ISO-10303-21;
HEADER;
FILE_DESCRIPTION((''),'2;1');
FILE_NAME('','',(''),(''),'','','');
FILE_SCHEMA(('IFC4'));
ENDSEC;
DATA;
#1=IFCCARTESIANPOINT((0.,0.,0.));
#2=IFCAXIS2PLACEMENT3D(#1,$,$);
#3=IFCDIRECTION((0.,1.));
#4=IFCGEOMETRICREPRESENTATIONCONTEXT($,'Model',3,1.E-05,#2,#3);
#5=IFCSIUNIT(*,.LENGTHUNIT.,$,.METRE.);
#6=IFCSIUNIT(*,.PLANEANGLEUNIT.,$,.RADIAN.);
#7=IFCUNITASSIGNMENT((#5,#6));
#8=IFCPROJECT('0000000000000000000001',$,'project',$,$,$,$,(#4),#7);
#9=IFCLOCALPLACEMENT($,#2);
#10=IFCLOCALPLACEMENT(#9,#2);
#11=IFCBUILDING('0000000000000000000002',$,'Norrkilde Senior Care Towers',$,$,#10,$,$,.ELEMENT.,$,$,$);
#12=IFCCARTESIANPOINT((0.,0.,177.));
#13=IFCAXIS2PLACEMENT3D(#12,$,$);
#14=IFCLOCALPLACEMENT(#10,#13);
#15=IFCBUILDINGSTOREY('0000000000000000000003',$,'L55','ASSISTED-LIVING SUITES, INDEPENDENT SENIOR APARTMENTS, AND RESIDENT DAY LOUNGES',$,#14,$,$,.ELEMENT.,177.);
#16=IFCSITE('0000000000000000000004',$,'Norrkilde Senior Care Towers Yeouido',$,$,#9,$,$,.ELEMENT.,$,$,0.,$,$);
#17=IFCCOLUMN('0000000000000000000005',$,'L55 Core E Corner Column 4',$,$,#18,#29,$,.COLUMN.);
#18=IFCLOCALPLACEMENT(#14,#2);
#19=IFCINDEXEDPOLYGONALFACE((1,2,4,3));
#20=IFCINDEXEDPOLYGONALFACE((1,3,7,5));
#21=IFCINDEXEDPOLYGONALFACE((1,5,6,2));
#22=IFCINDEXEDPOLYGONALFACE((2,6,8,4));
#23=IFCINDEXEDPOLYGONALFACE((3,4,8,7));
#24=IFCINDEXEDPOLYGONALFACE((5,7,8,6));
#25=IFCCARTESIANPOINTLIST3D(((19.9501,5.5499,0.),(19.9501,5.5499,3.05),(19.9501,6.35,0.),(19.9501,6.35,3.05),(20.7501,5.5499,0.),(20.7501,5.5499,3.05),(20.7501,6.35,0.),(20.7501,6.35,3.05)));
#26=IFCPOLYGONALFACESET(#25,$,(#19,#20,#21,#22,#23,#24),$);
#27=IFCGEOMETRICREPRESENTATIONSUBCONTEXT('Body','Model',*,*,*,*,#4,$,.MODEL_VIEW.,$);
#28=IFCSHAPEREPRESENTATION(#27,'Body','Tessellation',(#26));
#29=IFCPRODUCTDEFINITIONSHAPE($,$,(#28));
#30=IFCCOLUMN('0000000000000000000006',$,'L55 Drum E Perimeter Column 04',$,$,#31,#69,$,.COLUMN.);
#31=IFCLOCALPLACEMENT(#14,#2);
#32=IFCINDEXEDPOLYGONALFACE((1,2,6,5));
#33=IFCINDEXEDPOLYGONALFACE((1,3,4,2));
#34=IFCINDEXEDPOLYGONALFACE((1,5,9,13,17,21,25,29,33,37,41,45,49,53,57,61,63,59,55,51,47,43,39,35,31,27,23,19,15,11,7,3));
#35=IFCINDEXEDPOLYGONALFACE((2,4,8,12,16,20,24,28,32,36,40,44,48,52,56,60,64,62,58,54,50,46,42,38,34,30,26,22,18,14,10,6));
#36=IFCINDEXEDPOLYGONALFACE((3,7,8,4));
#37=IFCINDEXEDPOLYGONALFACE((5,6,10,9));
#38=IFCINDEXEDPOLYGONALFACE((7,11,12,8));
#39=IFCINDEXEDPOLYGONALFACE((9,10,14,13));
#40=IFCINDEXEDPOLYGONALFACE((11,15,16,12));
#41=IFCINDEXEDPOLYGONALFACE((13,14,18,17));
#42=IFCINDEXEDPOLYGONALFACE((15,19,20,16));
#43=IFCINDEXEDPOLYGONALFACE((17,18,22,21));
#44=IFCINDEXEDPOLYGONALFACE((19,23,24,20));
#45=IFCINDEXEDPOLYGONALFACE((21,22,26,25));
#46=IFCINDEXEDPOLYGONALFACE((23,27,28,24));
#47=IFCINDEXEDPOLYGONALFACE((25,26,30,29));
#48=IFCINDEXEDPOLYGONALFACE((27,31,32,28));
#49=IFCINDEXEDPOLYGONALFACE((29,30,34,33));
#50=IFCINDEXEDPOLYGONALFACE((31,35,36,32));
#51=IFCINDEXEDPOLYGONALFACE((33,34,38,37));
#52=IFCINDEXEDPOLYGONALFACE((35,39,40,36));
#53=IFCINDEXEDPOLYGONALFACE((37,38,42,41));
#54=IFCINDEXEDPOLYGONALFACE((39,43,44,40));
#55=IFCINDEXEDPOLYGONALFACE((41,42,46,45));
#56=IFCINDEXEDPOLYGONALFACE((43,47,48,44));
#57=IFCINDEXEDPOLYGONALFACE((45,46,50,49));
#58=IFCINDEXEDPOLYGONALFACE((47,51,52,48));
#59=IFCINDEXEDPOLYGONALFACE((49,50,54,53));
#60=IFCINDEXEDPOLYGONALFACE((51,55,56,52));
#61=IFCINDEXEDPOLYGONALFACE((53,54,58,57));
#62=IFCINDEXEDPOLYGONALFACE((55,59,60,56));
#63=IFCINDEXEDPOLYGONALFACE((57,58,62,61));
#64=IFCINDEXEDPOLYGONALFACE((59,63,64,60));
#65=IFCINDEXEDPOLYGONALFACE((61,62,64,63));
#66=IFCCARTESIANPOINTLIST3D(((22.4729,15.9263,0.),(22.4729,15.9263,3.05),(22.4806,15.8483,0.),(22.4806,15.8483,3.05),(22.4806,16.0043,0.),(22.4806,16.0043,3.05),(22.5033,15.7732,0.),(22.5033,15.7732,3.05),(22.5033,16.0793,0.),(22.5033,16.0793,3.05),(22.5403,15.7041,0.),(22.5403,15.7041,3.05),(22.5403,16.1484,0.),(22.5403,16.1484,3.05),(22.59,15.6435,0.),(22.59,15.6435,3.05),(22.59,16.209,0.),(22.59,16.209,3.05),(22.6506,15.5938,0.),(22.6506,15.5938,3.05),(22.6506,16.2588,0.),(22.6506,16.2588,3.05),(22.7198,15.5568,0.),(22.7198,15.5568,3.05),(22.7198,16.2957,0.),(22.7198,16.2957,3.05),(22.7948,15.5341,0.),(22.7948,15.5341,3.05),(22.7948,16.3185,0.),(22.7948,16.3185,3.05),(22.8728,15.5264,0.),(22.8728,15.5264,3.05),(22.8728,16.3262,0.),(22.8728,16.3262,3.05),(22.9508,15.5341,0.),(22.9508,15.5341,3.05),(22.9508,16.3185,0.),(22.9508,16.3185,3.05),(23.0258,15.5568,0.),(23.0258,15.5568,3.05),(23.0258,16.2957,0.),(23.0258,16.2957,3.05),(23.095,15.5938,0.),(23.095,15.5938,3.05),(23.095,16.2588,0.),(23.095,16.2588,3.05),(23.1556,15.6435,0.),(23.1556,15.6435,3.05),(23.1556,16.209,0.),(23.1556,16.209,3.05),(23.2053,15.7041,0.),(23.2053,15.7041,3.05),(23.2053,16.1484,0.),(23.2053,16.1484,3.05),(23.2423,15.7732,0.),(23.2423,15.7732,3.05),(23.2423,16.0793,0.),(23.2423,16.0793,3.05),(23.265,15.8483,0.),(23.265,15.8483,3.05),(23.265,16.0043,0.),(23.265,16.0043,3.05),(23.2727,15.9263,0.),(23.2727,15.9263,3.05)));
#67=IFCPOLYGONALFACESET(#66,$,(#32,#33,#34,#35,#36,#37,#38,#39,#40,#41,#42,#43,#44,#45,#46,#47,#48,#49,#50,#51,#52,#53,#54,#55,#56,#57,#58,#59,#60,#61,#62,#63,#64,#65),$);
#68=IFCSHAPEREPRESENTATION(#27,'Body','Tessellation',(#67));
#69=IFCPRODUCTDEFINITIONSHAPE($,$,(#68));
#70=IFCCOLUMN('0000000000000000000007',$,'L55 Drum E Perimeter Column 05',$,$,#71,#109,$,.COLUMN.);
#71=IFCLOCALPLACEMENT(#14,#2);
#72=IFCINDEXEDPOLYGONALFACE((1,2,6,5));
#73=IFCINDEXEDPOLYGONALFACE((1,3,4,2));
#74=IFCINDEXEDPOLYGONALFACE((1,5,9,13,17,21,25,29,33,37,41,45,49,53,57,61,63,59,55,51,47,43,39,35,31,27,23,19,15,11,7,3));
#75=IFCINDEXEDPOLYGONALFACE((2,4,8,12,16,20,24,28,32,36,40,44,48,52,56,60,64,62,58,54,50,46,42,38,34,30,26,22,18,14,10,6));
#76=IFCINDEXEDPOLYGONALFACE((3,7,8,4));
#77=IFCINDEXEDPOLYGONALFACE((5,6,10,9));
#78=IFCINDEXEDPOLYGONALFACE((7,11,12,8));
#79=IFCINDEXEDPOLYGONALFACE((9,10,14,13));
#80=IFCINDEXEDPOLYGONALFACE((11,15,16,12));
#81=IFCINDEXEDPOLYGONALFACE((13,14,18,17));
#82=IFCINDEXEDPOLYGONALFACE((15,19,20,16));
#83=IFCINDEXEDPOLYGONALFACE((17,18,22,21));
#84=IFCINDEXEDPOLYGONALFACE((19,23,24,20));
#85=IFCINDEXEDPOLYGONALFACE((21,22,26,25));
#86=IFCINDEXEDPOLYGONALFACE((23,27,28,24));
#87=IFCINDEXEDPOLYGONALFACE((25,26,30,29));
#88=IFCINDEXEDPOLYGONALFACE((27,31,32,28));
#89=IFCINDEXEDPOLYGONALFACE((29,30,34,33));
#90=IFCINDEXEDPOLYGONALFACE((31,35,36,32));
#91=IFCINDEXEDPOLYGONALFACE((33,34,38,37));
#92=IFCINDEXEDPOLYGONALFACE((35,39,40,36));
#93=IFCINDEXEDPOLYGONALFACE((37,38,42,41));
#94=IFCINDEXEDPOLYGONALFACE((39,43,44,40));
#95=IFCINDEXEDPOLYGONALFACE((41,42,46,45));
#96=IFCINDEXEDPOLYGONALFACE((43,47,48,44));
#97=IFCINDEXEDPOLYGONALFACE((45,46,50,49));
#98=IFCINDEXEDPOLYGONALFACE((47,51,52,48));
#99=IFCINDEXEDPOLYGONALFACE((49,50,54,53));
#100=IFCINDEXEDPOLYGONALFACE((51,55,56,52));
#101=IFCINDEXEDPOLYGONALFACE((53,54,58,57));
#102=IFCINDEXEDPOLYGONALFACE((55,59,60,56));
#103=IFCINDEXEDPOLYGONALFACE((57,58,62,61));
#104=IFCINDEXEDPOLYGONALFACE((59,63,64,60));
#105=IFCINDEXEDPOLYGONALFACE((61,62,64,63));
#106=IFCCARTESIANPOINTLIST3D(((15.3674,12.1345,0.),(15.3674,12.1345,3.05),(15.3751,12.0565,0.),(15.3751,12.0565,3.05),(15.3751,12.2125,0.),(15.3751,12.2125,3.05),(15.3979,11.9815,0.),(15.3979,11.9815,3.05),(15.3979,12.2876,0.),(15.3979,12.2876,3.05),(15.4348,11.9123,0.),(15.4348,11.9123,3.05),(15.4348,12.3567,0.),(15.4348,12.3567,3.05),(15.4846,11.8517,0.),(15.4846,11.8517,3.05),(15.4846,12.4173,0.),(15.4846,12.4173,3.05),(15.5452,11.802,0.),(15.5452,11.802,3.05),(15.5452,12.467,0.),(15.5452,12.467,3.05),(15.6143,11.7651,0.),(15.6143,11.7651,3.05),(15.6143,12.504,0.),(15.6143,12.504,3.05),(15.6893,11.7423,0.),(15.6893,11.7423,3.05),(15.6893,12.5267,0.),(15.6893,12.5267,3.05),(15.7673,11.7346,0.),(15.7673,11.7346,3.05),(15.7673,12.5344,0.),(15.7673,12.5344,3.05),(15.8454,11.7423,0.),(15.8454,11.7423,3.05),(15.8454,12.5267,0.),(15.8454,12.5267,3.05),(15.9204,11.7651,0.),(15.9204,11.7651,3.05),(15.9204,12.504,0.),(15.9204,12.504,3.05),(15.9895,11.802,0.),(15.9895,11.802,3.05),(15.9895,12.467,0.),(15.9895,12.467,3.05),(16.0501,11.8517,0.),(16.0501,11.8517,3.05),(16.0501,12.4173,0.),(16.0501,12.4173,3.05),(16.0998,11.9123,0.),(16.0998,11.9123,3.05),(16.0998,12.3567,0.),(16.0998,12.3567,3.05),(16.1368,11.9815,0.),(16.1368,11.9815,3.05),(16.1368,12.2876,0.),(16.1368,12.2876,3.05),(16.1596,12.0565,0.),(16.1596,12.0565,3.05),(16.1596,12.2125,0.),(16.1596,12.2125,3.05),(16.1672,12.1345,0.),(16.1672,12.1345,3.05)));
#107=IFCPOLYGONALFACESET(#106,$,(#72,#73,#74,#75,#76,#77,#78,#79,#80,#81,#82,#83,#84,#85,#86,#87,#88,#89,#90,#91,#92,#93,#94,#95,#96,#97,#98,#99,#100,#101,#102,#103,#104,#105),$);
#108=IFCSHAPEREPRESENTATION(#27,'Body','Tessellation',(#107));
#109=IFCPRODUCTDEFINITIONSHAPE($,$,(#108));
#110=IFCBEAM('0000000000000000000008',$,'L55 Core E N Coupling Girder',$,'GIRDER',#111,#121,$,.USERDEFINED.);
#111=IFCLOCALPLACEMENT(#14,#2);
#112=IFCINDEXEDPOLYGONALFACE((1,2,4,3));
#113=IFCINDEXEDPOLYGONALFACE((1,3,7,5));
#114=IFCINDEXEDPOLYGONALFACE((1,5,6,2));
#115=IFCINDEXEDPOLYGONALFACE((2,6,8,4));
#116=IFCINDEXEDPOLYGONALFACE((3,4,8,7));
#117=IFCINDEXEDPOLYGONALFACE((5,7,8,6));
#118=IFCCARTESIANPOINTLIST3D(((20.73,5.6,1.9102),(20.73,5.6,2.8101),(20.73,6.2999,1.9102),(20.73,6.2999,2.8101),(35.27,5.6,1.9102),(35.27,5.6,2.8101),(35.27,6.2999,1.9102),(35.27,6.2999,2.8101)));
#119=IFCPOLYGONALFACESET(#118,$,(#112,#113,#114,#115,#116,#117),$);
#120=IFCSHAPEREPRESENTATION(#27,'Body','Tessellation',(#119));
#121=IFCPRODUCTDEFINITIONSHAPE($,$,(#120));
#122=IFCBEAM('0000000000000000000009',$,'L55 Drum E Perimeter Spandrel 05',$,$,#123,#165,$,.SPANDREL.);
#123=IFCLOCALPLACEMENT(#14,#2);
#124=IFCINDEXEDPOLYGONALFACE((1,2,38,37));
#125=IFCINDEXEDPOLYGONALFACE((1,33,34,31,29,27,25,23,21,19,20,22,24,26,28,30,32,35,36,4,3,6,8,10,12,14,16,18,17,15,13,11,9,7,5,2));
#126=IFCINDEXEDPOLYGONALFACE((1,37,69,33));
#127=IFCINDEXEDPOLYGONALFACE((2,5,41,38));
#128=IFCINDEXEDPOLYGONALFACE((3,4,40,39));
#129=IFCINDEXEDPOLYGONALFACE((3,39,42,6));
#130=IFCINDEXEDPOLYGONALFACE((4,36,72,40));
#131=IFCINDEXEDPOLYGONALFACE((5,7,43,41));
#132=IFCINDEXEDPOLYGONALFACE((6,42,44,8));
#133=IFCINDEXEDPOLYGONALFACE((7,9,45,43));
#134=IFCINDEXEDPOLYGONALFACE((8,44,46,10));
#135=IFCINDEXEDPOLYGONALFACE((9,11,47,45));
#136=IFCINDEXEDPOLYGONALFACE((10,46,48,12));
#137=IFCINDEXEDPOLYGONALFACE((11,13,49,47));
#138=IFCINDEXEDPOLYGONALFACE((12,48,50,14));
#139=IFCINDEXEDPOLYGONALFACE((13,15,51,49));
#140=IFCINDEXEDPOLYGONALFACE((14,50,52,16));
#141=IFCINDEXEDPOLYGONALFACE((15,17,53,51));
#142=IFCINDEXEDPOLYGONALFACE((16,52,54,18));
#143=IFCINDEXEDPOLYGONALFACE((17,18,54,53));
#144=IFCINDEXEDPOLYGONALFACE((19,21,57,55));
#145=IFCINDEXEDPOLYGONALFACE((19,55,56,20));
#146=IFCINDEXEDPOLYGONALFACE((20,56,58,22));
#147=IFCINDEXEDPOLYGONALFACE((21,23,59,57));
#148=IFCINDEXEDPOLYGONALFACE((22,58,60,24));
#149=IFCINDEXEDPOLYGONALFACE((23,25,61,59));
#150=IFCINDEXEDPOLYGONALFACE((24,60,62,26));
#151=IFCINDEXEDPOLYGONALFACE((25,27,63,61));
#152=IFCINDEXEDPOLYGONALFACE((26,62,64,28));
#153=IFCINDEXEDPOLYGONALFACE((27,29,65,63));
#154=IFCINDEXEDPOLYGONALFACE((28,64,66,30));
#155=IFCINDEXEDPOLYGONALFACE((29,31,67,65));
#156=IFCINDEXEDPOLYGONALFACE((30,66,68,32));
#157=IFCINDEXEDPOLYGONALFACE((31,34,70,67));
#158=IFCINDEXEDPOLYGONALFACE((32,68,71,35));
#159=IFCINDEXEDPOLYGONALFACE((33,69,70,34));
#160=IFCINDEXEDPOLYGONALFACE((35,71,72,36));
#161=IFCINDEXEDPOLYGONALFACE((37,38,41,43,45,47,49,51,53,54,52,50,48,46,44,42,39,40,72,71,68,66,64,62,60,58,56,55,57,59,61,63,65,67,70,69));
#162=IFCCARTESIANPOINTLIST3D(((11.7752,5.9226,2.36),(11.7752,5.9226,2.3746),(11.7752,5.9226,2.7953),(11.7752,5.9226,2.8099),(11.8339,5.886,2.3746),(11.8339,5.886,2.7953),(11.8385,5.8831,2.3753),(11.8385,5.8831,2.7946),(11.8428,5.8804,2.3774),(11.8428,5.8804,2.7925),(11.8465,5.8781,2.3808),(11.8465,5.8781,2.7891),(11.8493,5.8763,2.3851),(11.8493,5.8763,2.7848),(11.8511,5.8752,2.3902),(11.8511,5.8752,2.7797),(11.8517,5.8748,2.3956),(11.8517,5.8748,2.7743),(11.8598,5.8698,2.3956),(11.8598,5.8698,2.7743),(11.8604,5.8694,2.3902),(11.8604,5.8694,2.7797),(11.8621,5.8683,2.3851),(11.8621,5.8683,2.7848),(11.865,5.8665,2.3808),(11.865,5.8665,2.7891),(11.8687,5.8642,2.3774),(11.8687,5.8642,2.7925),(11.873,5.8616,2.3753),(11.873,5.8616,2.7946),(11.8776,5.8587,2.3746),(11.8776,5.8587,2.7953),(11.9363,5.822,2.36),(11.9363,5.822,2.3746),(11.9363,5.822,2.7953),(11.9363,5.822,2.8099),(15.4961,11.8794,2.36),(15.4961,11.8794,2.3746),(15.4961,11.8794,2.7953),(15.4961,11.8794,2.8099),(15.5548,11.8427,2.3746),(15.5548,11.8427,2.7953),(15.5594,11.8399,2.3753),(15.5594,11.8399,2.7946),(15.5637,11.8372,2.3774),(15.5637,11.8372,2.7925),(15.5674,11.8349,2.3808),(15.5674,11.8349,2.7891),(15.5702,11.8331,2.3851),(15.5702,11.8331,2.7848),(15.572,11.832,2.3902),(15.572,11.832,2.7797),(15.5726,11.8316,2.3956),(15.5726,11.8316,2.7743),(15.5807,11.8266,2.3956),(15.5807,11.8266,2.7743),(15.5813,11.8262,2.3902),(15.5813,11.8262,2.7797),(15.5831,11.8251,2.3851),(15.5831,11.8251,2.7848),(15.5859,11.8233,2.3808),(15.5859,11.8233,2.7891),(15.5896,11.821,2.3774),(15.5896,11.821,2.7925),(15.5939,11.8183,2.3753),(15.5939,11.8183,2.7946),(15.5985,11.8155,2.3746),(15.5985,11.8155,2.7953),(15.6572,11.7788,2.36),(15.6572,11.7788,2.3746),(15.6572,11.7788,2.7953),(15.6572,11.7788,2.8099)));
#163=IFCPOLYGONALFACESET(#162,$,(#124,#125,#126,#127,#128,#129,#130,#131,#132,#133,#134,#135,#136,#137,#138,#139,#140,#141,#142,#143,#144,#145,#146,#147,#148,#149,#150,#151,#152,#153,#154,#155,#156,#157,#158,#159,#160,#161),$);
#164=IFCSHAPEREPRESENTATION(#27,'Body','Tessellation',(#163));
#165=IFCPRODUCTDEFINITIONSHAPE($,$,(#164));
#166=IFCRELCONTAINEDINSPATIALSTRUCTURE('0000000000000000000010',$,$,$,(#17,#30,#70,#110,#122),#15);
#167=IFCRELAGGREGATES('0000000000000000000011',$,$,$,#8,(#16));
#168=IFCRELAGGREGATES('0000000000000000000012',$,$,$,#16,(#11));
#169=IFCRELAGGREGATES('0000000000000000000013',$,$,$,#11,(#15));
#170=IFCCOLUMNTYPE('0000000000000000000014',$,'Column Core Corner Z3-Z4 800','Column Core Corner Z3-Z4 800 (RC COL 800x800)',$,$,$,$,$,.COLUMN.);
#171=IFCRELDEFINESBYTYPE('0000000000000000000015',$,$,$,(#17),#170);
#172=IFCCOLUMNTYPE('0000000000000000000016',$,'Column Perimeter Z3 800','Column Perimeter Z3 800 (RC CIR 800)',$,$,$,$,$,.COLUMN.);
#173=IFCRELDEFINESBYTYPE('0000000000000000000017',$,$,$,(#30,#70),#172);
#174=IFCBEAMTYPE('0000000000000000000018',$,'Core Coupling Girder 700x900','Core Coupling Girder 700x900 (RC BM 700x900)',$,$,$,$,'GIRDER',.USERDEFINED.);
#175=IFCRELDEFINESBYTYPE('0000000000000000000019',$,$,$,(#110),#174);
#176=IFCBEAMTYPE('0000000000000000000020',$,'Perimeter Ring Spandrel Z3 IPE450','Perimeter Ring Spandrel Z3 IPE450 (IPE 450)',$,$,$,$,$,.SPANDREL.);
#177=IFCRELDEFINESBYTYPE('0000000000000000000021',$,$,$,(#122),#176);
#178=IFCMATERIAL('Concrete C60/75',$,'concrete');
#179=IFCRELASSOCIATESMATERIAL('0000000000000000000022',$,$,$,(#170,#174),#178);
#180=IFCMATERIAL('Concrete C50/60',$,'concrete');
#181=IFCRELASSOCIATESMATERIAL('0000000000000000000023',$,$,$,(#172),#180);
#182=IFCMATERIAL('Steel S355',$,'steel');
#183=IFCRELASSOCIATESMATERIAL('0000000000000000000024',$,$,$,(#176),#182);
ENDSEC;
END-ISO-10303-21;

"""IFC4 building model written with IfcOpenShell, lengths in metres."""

from ifc_helpers import new_model, si_unit, direction, frame, origin, origin_2d, place, context, subcontext, project, spatial, rectangle, circle, i_section, extrude, source, transform, mapped, material, material_profile, profile_set, type_object, type_shapes, element, save


model = new_model("IFC4")

# Units and contexts
model_context = context("Model", 3, precision=1e-05, world=origin(), true_north=direction((0.0, 1.0)))
body_context = subcontext(model_context, "Body", "Model", "MODEL_VIEW")
ifc_project = project(units=[si_unit("LENGTHUNIT", "METRE"), si_unit("PLANEANGLEUNIT", "RADIAN")], contexts=[model_context])

# Site, building, storey
site_placement = place(None, origin())
site = spatial("IfcSite", under=ifc_project, at=site_placement, Name="Norrkilde Senior Care Towers Yeouido", CompositionType="ELEMENT", RefElevation=0.0)
building_placement = place(site_placement, origin())
building = spatial("IfcBuilding", under=site, at=building_placement, Name="Norrkilde Senior Care Towers", CompositionType="ELEMENT")
storey_placement = place(building_placement, frame((0.0, 0.0, 177.0)))
storey = spatial("IfcBuildingStorey", under=building, at=storey_placement, Name="L55", Description="ASSISTED-LIVING SUITES, INDEPENDENT SENIOR APARTMENTS, AND RESIDENT DAY LOUNGES", CompositionType="ELEMENT", Elevation=177.0)

# Columns
ifc_material_1 = material(Name="Concrete C60/75", Category="concrete")
ifc_material_profile_1 = material_profile(ifc_material_1, rectangle(XDim=0.8, YDim=0.8, at=origin_2d()), Name="RC COL 800x800")
ifc_profile_set_1 = profile_set([ifc_material_profile_1], Name="Concrete C60/75")
column_type_1 = type_object("IfcColumnType", Name="Column Core Corner Z3-Z4 800", Description="Column Core Corner Z3-Z4 800 (RC COL 800x800)", PredefinedType="COLUMN", material=ifc_profile_set_1)
shared_shape_1 = source(origin(), body_context, "Body", "SweptSolid", [
    extrude(rectangle(XDim=0.8, YDim=0.8, at=origin_2d()), origin(), (0.0, 0.0, 1.0), 3.05),
])
type_shapes(column_type_1, [shared_shape_1])
column_placement = place(storey_placement, frame((20.3501, 5.95, 0.0), z_axis=(0.0, 0.0, 1.0), x_axis=(1.0, 0.0, 0.0)))
element("IfcColumn", 1, at=column_placement, inside=storey, type_object=column_type_1, Name="L55 Core E Corner Column 4", PredefinedType="COLUMN", context=body_context, shape_type="MappedRepresentation", body=[
    mapped(shared_shape_1, transform((0.0, 0.0, 0.0), x_axis=(1.0, 0.0, 0.0), y_axis=(0.0, 1.0, 0.0), z_axis=(0.0, 0.0, 1.0), scale=1.0)),
])
ifc_material_2 = material(Name="Concrete C50/60", Category="concrete")
ifc_material_profile_2 = material_profile(ifc_material_2, circle(Radius=0.3999, at=origin_2d()), Name="RC CIR 800")
ifc_profile_set_2 = profile_set([ifc_material_profile_2], Name="Concrete C50/60")
column_type_2 = type_object("IfcColumnType", Name="Column Perimeter Z3 800", Description="Column Perimeter Z3 800 (RC CIR 800)", PredefinedType="COLUMN", material=ifc_profile_set_2)
shared_shape_2 = source(origin(), body_context, "Body", "SweptSolid", [
    extrude(circle(Radius=0.3999, at=origin_2d()), origin(), (0.0, 0.0, 1.0), 3.05),
])
type_shapes(column_type_2, [shared_shape_2])
for number, where, z_axis, x_axis, name in (
    (2, (22.8728, 15.9263, 0.0), (0.0, 0.0, 1.0), (1.0, 0.0, 0.0), "L55 Drum E Perimeter Column 04"),
    (3, (15.7673, 12.1345, 0.0), (0.0, 0.0, 1.0), (1.0, 0.0, 0.0), "L55 Drum E Perimeter Column 05"),
):
    element("IfcColumn", number, at=place(storey_placement, frame(where, z_axis=z_axis, x_axis=x_axis)), inside=storey, type_object=column_type_2, Name=name, PredefinedType="COLUMN", context=body_context, shape_type="MappedRepresentation", body=[
        mapped(shared_shape_2, transform((0.0, 0.0, 0.0), x_axis=(1.0, 0.0, 0.0), y_axis=(0.0, 1.0, 0.0), z_axis=(0.0, 0.0, 1.0), scale=1.0)),
    ])

# Beams
ifc_material_profile_3 = material_profile(ifc_material_1, rectangle(XDim=0.7, YDim=0.8999, at=origin_2d()), Name="RC BM 700x900")
ifc_profile_set_3 = profile_set([ifc_material_profile_3], Name="Concrete C60/75")
beam_type_1 = type_object("IfcBeamType", Name="Core Coupling Girder 700x900", Description="Core Coupling Girder 700x900 (RC BM 700x900)", ElementType="GIRDER", PredefinedType="USERDEFINED", material=ifc_profile_set_3)
shared_shape_3 = source(origin(), body_context, "Body", "SweptSolid", [
    extrude(rectangle(XDim=0.7, YDim=0.8999, at=origin_2d()), origin(), (0.0, 0.0, 1.0), 14.54),
])
type_shapes(beam_type_1, [shared_shape_3])
beam_1_placement = place(storey_placement, frame((20.73, 5.95, 2.3601), z_axis=(1.0, 0.0, 0.0), x_axis=(0.0, 1.0, 0.0)))
element("IfcBeam", 4, at=beam_1_placement, inside=storey, type_object=beam_type_1, Name="L55 Core E N Coupling Girder", ObjectType="GIRDER", PredefinedType="USERDEFINED", context=body_context, shape_type="MappedRepresentation", body=[
    mapped(shared_shape_3, transform((0.0, 0.0, 0.0), x_axis=(1.0, 0.0, 0.0), y_axis=(0.0, 1.0, 0.0), z_axis=(0.0, 0.0, 1.0), scale=1.0)),
])
ifc_material_3 = material(Name="Steel S355", Category="steel")
ifc_material_profile_4 = material_profile(ifc_material_3, i_section(OverallWidth=0.1899, OverallDepth=0.45, WebThickness=0.0095, FlangeThickness=0.0146, FilletRadius=0.021, at=origin_2d()), Name="IPE 450")
ifc_profile_set_4 = profile_set([ifc_material_profile_4], Name="Steel S355")
beam_type_2 = type_object("IfcBeamType", Name="Perimeter Ring Spandrel Z3 IPE450", Description="Perimeter Ring Spandrel Z3 IPE450 (IPE 450)", PredefinedType="SPANDREL", material=ifc_profile_set_4)
shared_shape_4 = source(origin(), body_context, "Body", "SweptSolid", [
    extrude(i_section(OverallWidth=0.1899, OverallDepth=0.45, WebThickness=0.0095, FlangeThickness=0.0146, FilletRadius=0.021, at=origin_2d()), origin(), (0.0, 0.0, 1.0), 7.0234),
])
beam_2_placement = place(storey_placement, frame((15.5767, 11.8291, 2.585), z_axis=(-0.52979, -0.848129, 0.0), x_axis=(0.848129, -0.52979, 0.0)))
element("IfcBeam", 5, at=beam_2_placement, inside=storey, type_object=beam_type_2, Name="L55 Drum E Perimeter Spandrel 05", PredefinedType="SPANDREL", context=body_context, shape_type="MappedRepresentation", body=[
    mapped(shared_shape_4, transform((0.0, 0.0, 0.0), x_axis=(1.0, 0.0, 0.0), y_axis=(0.0, 1.0, 0.0), z_axis=(0.0, 0.0, 1.0), scale=1.0)),
])

save(model, "model.ifc")
